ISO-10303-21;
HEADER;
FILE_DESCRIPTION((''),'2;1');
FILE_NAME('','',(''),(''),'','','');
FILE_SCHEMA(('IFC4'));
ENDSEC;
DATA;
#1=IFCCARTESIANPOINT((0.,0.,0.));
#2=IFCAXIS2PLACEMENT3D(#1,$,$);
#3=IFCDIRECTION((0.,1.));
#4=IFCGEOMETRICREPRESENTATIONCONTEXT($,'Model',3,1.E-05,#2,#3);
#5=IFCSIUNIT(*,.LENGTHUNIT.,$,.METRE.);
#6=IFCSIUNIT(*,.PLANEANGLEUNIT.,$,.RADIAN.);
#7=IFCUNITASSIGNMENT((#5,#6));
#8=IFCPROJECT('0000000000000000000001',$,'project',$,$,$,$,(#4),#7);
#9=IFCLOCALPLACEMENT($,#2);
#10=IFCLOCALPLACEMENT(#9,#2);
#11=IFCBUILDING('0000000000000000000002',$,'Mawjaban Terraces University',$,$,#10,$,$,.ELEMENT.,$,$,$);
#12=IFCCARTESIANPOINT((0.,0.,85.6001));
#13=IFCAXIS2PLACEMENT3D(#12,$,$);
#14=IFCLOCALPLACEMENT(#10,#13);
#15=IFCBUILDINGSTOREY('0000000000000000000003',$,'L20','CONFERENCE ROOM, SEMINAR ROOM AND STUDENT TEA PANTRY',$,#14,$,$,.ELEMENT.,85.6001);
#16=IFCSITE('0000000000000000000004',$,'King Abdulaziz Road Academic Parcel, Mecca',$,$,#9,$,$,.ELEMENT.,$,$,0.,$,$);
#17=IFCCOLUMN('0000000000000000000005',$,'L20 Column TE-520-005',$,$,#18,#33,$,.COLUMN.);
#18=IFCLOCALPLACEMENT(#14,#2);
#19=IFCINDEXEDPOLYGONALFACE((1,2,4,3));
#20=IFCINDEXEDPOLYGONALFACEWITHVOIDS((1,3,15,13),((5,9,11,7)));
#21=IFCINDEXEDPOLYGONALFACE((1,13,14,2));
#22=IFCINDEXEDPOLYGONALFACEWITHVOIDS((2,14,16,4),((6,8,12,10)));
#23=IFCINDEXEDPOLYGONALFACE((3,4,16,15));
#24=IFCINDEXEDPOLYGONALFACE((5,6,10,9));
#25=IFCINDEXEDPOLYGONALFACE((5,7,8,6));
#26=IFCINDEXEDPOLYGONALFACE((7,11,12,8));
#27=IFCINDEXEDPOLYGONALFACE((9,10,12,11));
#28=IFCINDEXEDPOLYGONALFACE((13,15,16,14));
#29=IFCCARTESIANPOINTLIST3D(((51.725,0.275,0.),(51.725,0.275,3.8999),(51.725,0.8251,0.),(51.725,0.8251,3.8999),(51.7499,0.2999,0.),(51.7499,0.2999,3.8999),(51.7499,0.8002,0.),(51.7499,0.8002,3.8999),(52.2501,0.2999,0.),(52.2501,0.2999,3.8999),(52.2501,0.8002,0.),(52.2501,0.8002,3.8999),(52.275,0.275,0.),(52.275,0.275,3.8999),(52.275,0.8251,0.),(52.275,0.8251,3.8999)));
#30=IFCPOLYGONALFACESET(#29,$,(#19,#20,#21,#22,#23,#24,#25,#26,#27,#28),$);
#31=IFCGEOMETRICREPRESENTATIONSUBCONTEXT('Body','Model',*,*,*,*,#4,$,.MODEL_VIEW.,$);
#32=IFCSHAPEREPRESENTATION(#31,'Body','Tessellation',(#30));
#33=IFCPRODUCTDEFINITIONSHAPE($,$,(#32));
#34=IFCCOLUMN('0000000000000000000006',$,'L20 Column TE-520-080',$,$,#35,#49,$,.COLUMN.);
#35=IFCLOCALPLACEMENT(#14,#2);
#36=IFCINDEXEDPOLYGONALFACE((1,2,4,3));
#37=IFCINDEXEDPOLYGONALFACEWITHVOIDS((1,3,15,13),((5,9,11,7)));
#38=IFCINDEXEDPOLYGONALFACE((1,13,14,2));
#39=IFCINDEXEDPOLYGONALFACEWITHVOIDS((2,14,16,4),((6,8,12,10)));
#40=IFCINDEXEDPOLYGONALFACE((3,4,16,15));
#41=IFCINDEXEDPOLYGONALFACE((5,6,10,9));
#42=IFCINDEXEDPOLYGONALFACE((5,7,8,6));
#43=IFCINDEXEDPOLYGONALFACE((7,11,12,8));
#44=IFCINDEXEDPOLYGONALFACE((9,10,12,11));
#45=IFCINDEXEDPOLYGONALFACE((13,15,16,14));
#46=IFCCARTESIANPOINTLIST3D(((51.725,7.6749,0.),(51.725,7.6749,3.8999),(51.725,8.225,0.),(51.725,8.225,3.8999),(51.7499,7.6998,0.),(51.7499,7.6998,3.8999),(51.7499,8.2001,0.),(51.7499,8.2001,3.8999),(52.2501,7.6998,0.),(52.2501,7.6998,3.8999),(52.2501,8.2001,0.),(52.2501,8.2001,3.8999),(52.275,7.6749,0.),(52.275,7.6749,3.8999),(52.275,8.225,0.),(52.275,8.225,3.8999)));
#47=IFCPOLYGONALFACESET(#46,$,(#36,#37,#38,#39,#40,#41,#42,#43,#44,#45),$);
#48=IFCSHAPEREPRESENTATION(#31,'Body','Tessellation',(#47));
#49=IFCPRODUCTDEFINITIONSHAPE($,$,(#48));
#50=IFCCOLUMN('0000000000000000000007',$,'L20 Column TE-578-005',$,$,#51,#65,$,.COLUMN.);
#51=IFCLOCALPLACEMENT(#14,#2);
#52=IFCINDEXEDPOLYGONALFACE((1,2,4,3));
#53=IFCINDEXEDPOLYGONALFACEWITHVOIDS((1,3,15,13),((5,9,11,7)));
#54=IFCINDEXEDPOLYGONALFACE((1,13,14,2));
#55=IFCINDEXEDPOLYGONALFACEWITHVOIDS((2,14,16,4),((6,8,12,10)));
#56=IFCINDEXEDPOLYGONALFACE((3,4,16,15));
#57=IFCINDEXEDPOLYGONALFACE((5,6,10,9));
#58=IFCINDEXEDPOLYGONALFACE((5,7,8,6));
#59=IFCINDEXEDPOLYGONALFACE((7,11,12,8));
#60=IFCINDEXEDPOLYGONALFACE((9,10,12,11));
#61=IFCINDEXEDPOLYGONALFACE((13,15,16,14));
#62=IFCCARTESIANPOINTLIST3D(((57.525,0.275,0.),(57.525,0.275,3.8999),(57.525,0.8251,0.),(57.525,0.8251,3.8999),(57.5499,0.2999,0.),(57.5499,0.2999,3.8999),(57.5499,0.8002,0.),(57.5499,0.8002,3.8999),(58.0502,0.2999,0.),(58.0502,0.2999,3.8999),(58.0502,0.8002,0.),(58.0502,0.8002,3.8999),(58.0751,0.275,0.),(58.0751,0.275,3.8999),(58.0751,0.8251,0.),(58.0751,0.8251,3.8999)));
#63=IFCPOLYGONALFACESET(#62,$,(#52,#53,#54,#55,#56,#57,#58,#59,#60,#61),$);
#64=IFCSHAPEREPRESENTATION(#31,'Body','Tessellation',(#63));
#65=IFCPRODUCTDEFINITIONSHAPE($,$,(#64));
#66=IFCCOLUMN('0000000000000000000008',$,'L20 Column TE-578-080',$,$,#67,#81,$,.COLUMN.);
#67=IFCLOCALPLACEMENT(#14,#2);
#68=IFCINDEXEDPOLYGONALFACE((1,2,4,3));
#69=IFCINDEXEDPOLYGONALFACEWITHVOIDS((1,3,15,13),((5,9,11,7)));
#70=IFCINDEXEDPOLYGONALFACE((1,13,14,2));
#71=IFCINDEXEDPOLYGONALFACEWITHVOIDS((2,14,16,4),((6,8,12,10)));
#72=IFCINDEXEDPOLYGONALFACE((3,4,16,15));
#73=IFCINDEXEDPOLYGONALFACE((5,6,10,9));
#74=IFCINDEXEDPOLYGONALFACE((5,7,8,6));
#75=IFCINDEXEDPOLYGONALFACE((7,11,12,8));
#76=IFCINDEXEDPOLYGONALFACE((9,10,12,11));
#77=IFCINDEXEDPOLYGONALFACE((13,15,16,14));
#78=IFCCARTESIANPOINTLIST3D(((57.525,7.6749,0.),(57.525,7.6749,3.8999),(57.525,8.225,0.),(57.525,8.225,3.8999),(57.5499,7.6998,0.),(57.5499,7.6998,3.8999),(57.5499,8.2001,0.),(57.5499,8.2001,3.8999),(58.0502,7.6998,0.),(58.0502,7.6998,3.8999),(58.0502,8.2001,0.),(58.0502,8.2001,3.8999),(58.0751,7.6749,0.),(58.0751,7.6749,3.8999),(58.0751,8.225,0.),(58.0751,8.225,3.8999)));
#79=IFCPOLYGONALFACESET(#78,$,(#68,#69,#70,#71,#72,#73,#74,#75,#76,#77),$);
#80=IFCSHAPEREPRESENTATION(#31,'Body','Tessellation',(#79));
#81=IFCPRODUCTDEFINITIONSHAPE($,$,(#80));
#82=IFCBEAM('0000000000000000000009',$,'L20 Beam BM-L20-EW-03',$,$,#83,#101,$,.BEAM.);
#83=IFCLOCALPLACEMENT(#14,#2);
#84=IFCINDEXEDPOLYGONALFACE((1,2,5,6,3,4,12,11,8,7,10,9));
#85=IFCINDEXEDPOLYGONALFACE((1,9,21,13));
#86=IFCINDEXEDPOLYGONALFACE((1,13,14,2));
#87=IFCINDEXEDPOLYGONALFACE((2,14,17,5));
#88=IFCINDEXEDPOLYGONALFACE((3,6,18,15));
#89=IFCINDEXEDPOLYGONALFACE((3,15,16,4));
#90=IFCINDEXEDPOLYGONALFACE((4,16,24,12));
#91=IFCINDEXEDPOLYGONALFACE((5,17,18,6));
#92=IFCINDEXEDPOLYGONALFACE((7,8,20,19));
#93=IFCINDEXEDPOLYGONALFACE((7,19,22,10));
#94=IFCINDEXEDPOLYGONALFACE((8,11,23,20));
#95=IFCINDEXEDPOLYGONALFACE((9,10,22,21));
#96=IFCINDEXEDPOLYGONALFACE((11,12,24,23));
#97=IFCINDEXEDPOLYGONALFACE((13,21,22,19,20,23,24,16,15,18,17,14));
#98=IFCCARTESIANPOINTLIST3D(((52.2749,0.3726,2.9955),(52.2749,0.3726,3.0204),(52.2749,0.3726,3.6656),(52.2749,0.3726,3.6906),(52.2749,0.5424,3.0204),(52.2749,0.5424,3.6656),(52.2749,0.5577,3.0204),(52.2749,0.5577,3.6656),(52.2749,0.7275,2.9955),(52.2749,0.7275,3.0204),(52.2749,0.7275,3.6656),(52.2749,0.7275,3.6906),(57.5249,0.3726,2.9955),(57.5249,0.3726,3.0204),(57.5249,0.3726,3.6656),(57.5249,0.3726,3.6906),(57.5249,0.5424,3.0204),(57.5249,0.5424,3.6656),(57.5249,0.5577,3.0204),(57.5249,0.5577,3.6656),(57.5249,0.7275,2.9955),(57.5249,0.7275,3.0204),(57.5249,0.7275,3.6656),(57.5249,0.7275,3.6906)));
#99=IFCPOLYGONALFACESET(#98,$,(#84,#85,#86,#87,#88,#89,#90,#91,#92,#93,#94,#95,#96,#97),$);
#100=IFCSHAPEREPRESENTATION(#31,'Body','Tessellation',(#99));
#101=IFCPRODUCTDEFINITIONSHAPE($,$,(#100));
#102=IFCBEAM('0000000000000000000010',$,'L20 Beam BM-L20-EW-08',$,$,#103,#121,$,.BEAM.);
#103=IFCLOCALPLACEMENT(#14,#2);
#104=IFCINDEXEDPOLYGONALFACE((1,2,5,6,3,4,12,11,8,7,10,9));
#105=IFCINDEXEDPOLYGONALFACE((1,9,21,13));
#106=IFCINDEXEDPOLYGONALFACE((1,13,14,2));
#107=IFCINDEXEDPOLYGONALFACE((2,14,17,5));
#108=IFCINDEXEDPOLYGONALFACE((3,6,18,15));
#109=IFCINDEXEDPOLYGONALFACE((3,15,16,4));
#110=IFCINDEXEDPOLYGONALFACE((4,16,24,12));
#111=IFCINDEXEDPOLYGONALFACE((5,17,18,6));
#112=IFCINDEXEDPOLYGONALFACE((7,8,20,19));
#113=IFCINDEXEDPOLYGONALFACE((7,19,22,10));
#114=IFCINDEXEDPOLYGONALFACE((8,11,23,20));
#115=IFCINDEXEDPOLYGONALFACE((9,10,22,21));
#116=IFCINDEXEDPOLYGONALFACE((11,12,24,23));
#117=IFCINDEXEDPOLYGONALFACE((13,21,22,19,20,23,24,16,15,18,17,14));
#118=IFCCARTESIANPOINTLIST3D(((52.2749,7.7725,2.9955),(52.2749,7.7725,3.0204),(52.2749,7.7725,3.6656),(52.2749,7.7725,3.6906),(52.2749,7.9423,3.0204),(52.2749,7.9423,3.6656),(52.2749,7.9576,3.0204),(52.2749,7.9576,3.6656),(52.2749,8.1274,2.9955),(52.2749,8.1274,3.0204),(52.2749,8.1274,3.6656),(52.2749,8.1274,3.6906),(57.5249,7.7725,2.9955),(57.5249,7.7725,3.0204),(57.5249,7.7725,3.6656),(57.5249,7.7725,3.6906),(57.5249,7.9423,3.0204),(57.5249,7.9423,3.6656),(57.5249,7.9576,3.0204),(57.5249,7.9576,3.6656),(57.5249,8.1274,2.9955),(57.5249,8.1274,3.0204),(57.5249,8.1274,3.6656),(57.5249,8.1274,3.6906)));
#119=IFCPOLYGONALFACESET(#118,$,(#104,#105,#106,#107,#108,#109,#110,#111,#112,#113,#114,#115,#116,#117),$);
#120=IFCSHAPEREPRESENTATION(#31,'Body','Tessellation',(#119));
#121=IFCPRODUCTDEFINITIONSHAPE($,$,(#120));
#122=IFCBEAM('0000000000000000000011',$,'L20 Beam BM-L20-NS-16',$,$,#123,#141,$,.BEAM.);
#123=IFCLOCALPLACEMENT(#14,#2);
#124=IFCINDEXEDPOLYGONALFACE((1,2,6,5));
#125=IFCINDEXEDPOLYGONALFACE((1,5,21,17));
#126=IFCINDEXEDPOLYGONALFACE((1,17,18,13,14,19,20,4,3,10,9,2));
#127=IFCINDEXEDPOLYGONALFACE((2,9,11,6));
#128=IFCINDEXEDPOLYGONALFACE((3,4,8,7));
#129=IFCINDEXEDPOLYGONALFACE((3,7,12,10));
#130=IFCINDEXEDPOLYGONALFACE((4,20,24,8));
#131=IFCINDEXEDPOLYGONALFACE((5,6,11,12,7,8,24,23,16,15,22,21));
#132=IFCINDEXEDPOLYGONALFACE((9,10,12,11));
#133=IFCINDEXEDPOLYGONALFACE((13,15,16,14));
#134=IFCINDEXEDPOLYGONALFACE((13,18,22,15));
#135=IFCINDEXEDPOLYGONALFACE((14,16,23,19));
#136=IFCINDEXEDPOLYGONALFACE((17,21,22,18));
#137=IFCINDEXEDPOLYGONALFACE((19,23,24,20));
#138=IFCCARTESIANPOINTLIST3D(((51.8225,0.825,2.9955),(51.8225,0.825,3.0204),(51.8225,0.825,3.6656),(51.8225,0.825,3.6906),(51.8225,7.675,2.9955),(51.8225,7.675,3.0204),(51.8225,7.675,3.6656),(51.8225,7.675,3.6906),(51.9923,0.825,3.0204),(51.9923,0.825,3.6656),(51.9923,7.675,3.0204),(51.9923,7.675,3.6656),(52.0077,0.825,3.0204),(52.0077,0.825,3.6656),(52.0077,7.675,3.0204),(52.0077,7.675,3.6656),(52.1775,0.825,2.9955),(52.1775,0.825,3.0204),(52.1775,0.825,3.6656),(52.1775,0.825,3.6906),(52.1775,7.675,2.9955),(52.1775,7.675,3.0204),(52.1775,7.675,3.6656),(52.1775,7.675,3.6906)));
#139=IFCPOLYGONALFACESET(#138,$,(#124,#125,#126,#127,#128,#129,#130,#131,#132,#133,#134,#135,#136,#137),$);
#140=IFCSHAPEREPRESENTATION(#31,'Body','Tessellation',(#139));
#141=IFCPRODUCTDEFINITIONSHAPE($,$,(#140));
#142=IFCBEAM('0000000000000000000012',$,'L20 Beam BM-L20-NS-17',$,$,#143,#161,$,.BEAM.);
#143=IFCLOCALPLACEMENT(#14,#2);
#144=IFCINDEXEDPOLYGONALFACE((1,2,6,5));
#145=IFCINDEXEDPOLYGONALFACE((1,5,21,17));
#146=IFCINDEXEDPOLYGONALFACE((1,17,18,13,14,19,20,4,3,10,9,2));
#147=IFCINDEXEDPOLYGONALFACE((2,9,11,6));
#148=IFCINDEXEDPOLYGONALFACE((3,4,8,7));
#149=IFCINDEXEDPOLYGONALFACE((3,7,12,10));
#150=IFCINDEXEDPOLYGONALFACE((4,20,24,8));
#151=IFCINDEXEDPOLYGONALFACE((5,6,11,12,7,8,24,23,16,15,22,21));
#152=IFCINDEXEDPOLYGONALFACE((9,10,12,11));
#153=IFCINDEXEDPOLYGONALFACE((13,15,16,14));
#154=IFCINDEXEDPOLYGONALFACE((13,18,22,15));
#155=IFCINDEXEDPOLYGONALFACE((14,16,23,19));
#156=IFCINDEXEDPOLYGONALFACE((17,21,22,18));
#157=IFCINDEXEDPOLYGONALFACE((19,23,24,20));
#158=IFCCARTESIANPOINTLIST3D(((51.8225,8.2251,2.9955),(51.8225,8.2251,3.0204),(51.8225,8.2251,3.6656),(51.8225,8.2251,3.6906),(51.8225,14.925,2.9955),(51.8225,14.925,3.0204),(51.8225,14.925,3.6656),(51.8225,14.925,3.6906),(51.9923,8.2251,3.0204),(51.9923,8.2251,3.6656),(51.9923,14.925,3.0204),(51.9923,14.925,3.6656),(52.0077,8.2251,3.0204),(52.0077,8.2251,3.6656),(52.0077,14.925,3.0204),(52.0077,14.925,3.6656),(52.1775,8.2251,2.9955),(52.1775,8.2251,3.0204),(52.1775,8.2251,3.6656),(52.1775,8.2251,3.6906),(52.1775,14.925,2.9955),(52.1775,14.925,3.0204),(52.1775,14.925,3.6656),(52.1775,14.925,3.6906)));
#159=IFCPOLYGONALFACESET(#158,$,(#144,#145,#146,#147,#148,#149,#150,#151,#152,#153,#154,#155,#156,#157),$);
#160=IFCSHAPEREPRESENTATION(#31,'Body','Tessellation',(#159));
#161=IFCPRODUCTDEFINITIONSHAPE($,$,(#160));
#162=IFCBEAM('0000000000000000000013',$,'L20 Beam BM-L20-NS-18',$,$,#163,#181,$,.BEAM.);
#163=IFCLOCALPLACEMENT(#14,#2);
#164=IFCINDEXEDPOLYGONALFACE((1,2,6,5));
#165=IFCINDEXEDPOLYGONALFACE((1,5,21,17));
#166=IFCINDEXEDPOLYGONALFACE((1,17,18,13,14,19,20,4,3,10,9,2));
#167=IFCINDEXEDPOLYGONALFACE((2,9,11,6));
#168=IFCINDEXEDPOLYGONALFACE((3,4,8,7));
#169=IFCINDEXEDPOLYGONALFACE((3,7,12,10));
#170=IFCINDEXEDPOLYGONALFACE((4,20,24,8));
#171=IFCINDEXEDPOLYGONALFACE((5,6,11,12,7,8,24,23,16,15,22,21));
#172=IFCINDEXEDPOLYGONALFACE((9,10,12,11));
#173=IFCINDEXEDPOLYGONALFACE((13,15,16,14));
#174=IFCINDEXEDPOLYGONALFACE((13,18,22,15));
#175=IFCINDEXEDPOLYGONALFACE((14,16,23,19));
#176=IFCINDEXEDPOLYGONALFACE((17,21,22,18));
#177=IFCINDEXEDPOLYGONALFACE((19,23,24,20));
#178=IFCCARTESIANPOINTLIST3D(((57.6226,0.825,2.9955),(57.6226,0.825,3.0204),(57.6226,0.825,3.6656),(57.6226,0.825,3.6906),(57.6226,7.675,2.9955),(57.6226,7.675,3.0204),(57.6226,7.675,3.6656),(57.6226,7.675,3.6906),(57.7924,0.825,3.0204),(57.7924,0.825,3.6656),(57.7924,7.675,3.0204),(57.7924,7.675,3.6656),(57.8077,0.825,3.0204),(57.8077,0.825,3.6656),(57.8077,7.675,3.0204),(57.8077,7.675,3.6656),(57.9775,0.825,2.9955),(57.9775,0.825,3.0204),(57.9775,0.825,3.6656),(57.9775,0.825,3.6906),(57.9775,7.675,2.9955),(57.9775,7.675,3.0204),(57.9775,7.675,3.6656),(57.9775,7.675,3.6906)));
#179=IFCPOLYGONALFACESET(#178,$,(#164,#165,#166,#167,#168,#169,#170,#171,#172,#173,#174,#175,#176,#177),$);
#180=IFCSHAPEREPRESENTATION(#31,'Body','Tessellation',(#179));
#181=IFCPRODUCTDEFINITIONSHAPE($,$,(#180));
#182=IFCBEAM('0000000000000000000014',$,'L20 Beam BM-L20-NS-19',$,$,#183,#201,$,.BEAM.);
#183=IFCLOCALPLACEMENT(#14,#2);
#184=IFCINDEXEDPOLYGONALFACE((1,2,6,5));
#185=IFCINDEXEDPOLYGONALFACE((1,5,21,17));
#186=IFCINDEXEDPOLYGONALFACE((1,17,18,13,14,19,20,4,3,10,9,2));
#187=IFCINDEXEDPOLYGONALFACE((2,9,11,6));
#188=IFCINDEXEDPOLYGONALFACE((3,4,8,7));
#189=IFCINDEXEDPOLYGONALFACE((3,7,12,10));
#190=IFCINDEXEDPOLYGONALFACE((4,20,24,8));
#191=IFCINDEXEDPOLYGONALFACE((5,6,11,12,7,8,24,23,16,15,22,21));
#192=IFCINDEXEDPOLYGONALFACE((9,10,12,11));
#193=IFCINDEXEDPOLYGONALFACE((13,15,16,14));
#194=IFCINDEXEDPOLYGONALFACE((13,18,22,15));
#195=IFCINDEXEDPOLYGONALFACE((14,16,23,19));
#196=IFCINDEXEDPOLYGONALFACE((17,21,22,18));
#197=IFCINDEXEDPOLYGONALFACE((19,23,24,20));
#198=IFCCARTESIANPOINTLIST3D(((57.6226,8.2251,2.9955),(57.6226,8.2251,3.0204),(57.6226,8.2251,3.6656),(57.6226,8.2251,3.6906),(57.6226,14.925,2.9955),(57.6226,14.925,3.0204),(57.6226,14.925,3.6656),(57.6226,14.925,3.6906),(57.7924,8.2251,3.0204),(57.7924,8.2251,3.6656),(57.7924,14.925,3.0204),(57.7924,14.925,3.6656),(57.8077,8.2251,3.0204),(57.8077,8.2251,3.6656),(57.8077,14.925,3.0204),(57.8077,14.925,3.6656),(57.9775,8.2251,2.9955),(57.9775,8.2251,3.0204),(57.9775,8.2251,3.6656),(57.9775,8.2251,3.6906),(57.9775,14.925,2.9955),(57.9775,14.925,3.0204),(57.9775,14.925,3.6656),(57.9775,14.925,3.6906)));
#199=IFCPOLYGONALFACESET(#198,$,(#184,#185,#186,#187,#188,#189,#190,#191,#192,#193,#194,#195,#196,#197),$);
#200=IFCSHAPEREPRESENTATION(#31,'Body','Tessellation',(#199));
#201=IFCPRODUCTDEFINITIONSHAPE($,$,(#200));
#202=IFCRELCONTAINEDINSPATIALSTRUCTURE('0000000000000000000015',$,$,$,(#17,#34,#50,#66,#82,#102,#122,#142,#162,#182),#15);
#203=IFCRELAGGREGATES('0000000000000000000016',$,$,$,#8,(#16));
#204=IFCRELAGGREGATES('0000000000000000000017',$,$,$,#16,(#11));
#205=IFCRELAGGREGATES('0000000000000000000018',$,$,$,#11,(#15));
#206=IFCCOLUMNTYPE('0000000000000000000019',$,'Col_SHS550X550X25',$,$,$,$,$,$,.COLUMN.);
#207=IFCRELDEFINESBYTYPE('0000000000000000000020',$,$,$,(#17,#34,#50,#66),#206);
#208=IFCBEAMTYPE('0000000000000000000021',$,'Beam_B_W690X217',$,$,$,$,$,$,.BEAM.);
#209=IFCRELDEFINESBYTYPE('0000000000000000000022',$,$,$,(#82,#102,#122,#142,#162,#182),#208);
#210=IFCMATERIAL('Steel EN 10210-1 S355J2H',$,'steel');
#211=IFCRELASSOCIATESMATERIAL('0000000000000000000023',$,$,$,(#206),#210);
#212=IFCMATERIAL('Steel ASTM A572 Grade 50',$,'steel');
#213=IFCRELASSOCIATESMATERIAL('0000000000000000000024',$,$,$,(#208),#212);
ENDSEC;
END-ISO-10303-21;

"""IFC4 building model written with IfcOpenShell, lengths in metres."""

from ifc_helpers import new_model, si_unit, direction, frame, origin, origin_2d, place, context, subcontext, project, spatial, hollow_rectangle, i_section, extrude, material, material_profile, profile_set, type_object, element, save


model = new_model("IFC4")

# Units and contexts
model_context = context("Model", 3, precision=1e-05, world=origin(), true_north=direction((0.0, 1.0)))
body_context = subcontext(model_context, "Body", "Model", "MODEL_VIEW")
ifc_project = project(units=[si_unit("LENGTHUNIT", "METRE"), si_unit("PLANEANGLEUNIT", "RADIAN")], contexts=[model_context])

# Site, building, storey
site_placement = place(None, origin())
site = spatial("IfcSite", under=ifc_project, at=site_placement, Name="King Abdulaziz Road Academic Parcel, Mecca", CompositionType="ELEMENT", RefElevation=0.0)
building_placement = place(site_placement, origin())
building = spatial("IfcBuilding", under=site, at=building_placement, Name="Mawjaban Terraces University", CompositionType="ELEMENT")
storey_placement = place(building_placement, frame((0.0, 0.0, 85.6001)))
storey = spatial("IfcBuildingStorey", under=building, at=storey_placement, Name="L20", Description="CONFERENCE ROOM, SEMINAR ROOM AND STUDENT TEA PANTRY", CompositionType="ELEMENT", Elevation=85.6001)

# Columns
ifc_material_1 = material(Name="Steel EN 10210-1 S355J2H", Category="steel")
ifc_material_profile_1 = material_profile(ifc_material_1, hollow_rectangle(XDim=0.55, YDim=0.55, WallThickness=0.0249, at=origin_2d()), Name="SHS550X550X25")
ifc_profile_set_1 = profile_set([ifc_material_profile_1], Name="Steel EN 10210-1 S355J2H")
column_type = type_object("IfcColumnType", Name="Col_SHS550X550X25", PredefinedType="COLUMN", material=ifc_profile_set_1)
for number, where, z_axis, x_axis, name in (
    (1, (52.0, 0.55, 0.0), (0.0, 0.0, 1.0), (1.0, 0.0, 0.0), "L20 Column TE-520-005"),
    (2, (52.0, 7.95, 0.0), (0.0, 0.0, 1.0), (1.0, 0.0, 0.0), "L20 Column TE-520-080"),
    (3, (57.8, 0.55, 0.0), (0.0, 0.0, 1.0), (1.0, 0.0, 0.0), "L20 Column TE-578-005"),
    (4, (57.8, 7.95, 0.0), (0.0, 0.0, 1.0), (1.0, 0.0, 0.0), "L20 Column TE-578-080"),
):
    element("IfcColumn", number, at=place(storey_placement, frame(where, z_axis=z_axis, x_axis=x_axis)), inside=storey, type_object=column_type, Name=name, PredefinedType="COLUMN", context=body_context, shape_type="SweptSolid", body=[
        extrude(hollow_rectangle(XDim=0.55, YDim=0.55, WallThickness=0.0249, at=origin_2d()), origin(), (0.0, 0.0, 1.0), 3.8999),
    ])

# Beams
ifc_material_2 = material(Name="Steel ASTM A572 Grade 50", Category="steel")
ifc_material_profile_2 = material_profile(ifc_material_2, i_section(OverallWidth=0.355, OverallDepth=0.6951, WebThickness=0.0154, FlangeThickness=0.0249, at=origin_2d()), Name="W690X217")
ifc_profile_set_2 = profile_set([ifc_material_profile_2], Name="Steel ASTM A572 Grade 50")
beam_type_1 = type_object("IfcBeamType", Name="Beam_B_W690X217", PredefinedType="BEAM", material=ifc_profile_set_2)
for number, where, z_axis, x_axis, name in (
    (5, (52.2749, 0.55, 3.343), (1.0, 0.0, 0.0), (0.0, 1.0, 0.0), "L20 Beam BM-L20-EW-03"),
    (6, (52.2749, 7.95, 3.343), (1.0, 0.0, 0.0), (0.0, 1.0, 0.0), "L20 Beam BM-L20-EW-08"),
):
    element("IfcBeam", number, at=place(storey_placement, frame(where, z_axis=z_axis, x_axis=x_axis)), inside=storey, type_object=beam_type_1, Name=name, PredefinedType="BEAM", context=body_context, shape_type="SweptSolid", body=[
        extrude(i_section(OverallWidth=0.355, OverallDepth=0.6951, WebThickness=0.0154, FlangeThickness=0.0249, at=origin_2d()), origin(), (0.0, 0.0, 1.0), 5.25),
    ])
beam_1_placement = place(storey_placement, frame((52.0, 0.825, 3.343), z_axis=(0.0, 1.0, 0.0), x_axis=(-1.0, 0.0, 0.0)))
element("IfcBeam", 7, at=beam_1_placement, inside=storey, type_object=beam_type_1, Name="L20 Beam BM-L20-NS-16", PredefinedType="BEAM", context=body_context, shape_type="SweptSolid", body=[
    extrude(i_section(OverallWidth=0.355, OverallDepth=0.6951, WebThickness=0.0154, FlangeThickness=0.0249, at=origin_2d()), origin(), (0.0, 0.0, 1.0), 6.8501),
])
beam_2_placement = place(storey_placement, frame((52.0, 8.2251, 3.343), z_axis=(0.0, 1.0, 0.0), x_axis=(-1.0, 0.0, 0.0)))
element("IfcBeam", 8, at=beam_2_placement, inside=storey, type_object=beam_type_1, Name="L20 Beam BM-L20-NS-17", PredefinedType="BEAM", context=body_context, shape_type="SweptSolid", body=[
    extrude(i_section(OverallWidth=0.355, OverallDepth=0.6951, WebThickness=0.0154, FlangeThickness=0.0249, at=origin_2d()), origin(), (0.0, 0.0, 1.0), 6.7),
])
beam_3_placement = place(storey_placement, frame((57.8, 0.825, 3.343), z_axis=(0.0, 1.0, 0.0), x_axis=(-1.0, 0.0, 0.0)))
element("IfcBeam", 9, at=beam_3_placement, inside=storey, type_object=beam_type_1, Name="L20 Beam BM-L20-NS-18", PredefinedType="BEAM", context=body_context, shape_type="SweptSolid", body=[
    extrude(i_section(OverallWidth=0.355, OverallDepth=0.6951, WebThickness=0.0154, FlangeThickness=0.0249, at=origin_2d()), origin(), (0.0, 0.0, 1.0), 6.8501),
])
beam_4_placement = place(storey_placement, frame((57.8, 8.2251, 3.343), z_axis=(0.0, 1.0, 0.0), x_axis=(-1.0, 0.0, 0.0)))
element("IfcBeam", 10, at=beam_4_placement, inside=storey, type_object=beam_type_1, Name="L20 Beam BM-L20-NS-19", PredefinedType="BEAM", context=body_context, shape_type="SweptSolid", body=[
    extrude(i_section(OverallWidth=0.355, OverallDepth=0.6951, WebThickness=0.0154, FlangeThickness=0.0249, at=origin_2d()), origin(), (0.0, 0.0, 1.0), 6.7),
])

save(model, "model.ifc")
